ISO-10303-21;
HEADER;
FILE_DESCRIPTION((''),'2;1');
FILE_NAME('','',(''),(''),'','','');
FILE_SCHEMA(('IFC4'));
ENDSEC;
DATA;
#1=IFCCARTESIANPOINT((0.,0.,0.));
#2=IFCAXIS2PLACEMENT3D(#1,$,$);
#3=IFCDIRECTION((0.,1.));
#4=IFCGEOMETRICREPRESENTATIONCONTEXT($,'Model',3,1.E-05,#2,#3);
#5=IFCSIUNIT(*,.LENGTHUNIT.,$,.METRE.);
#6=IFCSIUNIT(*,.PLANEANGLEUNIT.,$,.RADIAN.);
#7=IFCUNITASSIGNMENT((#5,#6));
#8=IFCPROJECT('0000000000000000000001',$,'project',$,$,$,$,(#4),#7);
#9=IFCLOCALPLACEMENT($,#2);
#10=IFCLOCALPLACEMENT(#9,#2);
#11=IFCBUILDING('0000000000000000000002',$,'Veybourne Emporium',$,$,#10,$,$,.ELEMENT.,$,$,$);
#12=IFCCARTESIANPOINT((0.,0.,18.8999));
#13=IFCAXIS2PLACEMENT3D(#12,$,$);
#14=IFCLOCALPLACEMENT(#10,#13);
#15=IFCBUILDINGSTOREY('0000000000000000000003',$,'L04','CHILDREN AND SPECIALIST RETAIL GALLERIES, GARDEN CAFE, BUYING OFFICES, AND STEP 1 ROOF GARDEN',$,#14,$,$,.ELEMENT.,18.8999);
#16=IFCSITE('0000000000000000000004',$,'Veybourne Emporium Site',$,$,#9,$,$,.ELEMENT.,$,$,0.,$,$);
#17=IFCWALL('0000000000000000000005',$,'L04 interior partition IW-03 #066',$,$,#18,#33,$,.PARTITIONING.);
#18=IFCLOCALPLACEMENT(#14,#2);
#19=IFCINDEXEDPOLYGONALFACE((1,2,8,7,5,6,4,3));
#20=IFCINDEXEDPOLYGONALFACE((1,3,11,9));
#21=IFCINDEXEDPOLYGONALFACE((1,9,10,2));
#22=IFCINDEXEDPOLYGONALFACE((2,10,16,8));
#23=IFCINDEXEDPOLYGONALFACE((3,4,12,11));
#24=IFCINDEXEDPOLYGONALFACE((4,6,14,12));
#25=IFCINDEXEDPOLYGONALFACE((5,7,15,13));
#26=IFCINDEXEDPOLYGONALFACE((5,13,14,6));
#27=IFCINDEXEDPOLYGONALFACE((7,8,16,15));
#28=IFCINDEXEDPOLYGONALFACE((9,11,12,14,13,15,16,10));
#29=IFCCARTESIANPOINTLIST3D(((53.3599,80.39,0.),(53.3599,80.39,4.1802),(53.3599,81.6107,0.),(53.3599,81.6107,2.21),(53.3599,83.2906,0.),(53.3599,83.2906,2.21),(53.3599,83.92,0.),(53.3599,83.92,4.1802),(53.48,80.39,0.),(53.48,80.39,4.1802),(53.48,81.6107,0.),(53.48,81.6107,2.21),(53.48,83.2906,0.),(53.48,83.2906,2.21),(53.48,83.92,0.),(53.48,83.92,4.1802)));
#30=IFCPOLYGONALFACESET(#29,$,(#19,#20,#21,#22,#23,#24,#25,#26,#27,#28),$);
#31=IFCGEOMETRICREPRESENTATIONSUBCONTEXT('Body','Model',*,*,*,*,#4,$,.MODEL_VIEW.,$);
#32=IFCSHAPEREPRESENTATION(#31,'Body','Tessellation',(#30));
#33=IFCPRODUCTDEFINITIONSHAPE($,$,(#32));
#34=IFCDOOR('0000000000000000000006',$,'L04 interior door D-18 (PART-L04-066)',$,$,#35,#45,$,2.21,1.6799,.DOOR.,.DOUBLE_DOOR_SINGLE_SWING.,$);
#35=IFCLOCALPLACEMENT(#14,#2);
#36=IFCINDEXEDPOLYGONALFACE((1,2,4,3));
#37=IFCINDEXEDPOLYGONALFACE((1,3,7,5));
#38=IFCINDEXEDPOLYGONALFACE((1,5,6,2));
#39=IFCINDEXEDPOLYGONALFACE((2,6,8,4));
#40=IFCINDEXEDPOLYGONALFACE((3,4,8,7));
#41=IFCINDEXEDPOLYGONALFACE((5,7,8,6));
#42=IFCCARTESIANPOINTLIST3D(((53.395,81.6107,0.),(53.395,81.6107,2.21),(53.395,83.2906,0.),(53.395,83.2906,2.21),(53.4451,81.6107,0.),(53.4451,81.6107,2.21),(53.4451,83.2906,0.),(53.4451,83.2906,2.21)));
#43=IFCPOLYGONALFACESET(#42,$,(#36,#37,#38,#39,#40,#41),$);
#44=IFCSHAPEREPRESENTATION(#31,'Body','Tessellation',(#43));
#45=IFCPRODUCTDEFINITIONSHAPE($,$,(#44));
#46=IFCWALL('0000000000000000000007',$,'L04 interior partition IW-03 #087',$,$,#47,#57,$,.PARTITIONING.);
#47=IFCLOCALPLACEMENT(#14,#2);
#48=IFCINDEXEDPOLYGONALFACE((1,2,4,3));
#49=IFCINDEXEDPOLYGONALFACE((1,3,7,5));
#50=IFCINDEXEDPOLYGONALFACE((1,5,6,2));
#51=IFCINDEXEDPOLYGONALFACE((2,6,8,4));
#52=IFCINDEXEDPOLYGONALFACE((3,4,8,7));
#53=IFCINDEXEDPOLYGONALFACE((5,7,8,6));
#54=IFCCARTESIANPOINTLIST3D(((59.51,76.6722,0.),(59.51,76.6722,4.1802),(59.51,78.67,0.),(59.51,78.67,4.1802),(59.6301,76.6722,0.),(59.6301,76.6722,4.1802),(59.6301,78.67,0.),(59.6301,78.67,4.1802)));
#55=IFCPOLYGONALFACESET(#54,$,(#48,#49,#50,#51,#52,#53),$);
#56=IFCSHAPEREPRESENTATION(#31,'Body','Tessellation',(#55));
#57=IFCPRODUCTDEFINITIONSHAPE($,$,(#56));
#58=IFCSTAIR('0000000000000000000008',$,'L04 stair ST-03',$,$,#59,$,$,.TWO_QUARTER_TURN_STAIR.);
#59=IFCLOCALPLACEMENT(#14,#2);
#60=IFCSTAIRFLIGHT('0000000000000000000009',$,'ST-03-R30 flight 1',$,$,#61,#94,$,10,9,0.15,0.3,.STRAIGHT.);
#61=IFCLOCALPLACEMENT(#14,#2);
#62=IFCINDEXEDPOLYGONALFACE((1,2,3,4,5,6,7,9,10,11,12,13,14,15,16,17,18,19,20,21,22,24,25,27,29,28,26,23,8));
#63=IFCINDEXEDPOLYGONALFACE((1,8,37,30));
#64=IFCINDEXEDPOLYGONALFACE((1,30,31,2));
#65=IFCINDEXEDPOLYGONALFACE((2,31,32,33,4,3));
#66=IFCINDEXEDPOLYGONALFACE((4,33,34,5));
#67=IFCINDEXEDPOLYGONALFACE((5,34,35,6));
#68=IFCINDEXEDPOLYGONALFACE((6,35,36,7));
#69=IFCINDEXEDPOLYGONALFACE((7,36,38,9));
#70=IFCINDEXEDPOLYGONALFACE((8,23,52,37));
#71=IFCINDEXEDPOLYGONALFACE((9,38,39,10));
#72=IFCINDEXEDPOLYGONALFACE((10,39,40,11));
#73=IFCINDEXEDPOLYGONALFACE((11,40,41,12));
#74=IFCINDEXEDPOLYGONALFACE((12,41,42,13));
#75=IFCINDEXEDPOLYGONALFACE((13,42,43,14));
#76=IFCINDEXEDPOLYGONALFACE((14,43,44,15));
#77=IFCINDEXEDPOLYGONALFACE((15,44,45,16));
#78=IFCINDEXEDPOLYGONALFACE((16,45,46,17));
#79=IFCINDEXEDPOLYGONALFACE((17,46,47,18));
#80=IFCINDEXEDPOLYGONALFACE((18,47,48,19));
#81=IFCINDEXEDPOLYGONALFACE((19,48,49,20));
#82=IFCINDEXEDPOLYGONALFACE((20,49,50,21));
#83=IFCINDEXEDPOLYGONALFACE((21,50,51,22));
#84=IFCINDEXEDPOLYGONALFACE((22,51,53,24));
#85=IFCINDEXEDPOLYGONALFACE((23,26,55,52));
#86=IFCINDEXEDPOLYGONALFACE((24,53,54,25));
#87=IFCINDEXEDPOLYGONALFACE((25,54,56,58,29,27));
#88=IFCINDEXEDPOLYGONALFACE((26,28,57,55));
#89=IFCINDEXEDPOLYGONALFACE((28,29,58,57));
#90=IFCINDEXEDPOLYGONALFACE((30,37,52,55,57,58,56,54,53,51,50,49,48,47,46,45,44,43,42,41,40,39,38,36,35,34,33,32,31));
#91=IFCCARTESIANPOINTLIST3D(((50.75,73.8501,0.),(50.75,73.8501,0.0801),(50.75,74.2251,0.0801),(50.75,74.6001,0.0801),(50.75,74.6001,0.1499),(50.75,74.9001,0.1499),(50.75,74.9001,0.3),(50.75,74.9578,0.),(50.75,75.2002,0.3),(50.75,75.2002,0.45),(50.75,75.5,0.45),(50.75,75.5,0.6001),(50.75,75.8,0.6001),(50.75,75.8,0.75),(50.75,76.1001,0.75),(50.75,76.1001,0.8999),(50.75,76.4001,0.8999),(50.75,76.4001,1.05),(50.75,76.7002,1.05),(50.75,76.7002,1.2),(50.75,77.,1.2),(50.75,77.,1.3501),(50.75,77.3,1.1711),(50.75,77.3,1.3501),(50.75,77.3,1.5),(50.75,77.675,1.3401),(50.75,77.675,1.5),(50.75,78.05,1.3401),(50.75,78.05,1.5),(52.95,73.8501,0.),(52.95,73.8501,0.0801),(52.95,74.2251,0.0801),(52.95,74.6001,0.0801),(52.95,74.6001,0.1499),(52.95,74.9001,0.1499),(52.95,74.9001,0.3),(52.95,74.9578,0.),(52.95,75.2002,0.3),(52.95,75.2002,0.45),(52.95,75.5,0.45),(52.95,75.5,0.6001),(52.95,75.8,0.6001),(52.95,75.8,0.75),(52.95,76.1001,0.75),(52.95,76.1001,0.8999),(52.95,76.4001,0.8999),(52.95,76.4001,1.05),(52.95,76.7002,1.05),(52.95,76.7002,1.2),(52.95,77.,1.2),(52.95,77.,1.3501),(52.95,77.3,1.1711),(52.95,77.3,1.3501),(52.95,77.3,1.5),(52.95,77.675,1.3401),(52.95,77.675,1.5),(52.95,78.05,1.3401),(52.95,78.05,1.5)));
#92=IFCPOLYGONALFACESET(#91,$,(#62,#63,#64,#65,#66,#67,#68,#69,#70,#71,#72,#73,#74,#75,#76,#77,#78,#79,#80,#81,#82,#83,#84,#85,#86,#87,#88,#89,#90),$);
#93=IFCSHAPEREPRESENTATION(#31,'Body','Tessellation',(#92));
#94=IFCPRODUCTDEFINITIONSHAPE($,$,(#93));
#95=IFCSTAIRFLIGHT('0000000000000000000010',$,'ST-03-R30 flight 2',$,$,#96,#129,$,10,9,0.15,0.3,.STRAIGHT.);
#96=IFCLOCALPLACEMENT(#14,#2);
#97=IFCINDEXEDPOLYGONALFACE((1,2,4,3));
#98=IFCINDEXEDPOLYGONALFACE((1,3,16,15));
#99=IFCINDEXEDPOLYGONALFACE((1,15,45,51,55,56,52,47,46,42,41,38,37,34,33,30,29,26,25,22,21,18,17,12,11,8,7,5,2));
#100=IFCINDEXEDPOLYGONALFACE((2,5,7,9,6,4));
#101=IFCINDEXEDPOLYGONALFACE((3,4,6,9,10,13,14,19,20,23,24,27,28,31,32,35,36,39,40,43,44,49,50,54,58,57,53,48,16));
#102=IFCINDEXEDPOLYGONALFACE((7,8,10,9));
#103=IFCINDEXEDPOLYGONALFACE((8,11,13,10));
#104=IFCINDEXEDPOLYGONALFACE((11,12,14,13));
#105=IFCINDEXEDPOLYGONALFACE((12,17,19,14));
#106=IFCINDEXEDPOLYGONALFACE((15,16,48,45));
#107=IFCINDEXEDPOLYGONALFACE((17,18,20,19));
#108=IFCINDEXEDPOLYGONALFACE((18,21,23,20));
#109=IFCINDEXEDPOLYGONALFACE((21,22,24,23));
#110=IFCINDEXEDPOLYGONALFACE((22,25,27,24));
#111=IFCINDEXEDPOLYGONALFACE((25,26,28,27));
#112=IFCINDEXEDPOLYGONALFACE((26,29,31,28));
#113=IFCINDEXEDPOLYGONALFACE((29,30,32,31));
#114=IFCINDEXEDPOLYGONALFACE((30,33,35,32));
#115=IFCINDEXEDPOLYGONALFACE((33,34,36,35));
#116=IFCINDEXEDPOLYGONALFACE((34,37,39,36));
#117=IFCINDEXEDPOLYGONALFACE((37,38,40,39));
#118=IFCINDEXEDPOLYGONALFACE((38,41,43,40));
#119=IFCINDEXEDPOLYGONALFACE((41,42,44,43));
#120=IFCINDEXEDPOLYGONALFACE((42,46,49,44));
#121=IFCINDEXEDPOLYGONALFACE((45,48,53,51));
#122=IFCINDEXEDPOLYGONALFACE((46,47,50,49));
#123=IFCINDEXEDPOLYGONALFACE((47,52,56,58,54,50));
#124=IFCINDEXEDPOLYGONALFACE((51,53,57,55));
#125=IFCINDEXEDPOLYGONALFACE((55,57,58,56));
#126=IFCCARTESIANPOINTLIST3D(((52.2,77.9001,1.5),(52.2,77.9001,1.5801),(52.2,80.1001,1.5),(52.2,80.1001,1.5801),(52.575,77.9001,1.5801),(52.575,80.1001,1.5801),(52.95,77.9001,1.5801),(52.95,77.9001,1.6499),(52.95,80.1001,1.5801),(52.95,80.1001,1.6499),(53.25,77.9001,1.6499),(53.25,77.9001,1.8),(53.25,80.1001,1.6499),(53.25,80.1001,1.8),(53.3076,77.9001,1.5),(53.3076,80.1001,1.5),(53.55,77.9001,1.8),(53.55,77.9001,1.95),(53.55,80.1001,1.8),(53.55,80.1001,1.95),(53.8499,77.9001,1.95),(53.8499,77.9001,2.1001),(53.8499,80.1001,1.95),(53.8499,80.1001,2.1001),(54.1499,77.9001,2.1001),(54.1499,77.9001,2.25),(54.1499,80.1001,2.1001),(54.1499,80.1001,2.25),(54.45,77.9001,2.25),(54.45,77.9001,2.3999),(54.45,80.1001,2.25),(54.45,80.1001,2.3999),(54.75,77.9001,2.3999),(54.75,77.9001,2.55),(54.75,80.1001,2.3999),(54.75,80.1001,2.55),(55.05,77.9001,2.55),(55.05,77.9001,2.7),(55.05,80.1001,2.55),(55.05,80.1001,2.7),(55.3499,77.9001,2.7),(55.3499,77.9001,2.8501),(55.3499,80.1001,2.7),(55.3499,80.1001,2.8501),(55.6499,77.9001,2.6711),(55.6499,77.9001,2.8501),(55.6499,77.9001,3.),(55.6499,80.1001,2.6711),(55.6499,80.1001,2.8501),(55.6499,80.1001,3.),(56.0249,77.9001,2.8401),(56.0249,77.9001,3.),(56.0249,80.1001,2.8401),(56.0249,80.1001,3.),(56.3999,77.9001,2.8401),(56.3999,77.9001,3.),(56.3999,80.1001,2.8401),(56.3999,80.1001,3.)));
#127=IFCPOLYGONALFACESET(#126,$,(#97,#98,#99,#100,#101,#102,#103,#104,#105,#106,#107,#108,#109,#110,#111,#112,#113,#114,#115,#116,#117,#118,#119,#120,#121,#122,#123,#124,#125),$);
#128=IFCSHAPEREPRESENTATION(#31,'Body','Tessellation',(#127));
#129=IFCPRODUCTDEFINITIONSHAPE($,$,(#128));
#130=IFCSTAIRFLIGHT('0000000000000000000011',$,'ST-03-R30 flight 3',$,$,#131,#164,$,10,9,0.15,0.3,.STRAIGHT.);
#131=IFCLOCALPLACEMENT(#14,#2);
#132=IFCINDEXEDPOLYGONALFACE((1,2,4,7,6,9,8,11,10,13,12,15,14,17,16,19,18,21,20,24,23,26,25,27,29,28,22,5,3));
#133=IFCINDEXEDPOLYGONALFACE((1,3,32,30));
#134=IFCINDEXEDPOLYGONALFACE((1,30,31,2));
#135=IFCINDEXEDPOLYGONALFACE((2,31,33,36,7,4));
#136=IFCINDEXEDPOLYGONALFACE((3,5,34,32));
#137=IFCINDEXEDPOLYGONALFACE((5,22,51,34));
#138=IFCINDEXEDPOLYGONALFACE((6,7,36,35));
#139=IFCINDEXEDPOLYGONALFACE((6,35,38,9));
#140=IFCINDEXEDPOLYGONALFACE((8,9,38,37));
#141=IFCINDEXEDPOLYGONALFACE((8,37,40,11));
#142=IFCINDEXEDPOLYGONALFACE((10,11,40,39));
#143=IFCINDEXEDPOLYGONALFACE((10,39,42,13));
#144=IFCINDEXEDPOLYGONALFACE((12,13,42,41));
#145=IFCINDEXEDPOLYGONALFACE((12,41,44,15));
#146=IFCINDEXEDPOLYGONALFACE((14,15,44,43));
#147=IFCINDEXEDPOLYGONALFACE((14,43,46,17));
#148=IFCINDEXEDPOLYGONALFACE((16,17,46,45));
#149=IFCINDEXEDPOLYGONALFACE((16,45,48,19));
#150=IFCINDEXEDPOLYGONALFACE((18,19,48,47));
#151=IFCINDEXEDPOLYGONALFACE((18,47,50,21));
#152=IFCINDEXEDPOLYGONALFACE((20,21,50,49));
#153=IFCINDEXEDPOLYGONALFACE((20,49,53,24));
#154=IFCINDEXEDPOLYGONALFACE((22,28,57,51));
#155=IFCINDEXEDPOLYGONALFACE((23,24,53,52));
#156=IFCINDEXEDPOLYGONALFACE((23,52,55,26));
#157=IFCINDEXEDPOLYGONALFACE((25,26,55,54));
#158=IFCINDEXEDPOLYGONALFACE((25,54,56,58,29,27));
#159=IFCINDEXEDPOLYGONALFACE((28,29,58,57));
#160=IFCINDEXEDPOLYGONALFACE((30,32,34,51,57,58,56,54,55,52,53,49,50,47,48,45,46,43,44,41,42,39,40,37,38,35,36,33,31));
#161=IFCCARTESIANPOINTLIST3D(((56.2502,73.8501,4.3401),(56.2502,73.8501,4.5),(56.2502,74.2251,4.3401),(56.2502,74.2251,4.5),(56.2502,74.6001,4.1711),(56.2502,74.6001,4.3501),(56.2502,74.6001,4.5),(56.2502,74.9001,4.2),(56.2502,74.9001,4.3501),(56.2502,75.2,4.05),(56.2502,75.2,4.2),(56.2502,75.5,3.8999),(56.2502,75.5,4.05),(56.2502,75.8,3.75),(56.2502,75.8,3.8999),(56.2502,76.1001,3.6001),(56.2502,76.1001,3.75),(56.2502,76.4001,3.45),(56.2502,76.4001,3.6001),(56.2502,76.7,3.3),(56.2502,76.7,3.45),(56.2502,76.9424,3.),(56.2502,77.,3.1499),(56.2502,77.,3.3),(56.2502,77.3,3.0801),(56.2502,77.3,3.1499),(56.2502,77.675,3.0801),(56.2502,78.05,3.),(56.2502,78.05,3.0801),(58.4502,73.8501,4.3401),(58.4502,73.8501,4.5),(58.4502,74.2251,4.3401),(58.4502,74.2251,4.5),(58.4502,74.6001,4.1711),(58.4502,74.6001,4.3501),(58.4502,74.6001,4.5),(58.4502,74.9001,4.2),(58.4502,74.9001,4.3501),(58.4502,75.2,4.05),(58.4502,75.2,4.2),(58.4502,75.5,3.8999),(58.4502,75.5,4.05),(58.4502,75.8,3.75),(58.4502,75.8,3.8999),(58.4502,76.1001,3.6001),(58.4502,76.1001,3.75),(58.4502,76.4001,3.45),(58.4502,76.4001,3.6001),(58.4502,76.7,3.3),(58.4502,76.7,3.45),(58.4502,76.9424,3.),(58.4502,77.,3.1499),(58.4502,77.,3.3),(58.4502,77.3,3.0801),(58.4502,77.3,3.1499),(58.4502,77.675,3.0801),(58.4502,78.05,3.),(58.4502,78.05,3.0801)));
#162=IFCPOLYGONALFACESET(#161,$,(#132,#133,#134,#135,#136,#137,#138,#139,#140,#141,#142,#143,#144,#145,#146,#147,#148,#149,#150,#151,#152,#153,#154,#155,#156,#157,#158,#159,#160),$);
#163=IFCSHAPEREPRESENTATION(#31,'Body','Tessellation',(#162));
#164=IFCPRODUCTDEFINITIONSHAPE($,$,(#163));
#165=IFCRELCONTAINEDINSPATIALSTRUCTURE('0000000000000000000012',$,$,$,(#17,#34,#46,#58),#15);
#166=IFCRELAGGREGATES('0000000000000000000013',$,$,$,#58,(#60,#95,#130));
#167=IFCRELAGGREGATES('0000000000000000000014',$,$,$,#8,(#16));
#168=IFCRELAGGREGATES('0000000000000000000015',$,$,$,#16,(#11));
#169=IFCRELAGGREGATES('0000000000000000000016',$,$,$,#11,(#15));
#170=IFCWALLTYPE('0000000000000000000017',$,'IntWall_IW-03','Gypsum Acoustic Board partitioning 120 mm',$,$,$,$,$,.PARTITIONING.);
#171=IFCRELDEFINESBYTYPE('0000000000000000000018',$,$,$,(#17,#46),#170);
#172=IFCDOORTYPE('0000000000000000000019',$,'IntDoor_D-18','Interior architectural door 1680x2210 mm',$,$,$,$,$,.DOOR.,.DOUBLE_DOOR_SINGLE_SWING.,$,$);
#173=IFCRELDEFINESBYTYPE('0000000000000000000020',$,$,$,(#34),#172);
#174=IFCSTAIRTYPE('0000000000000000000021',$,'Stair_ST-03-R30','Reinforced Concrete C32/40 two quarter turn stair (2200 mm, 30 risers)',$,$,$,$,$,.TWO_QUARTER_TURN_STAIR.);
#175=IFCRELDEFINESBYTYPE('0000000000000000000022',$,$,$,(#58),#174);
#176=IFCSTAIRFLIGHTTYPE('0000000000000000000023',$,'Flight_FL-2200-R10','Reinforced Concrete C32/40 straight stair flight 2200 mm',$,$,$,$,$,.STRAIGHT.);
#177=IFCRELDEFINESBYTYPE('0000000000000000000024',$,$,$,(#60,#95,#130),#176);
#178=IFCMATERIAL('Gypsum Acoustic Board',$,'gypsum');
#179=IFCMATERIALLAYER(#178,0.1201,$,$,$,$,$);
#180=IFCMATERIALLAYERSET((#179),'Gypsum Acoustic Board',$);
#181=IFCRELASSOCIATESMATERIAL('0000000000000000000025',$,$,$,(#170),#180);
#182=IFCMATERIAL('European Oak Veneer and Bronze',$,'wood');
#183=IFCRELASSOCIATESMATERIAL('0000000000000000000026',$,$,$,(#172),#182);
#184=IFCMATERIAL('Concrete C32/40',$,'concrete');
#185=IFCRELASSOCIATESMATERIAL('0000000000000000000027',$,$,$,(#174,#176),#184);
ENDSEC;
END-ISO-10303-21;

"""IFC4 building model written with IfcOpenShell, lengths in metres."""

from ifc_helpers import new_model, si_unit, direction, frame, frame_2d, origin, place, context, subcontext, project, spatial, polyline, rectangle, outline, extrude, material, layer, layer_set, type_object, element, fill, aggregate, save


model = new_model("IFC4")

# Units and contexts
model_context = context("Model", 3, precision=1e-05, world=origin(), true_north=direction((0.0, 1.0)))
body_context = subcontext(model_context, "Body", "Model", "MODEL_VIEW")
ifc_project = project(units=[si_unit("LENGTHUNIT", "METRE"), si_unit("PLANEANGLEUNIT", "RADIAN")], contexts=[model_context])

# Site, building, storey
site_placement = place(None, origin())
site = spatial("IfcSite", under=ifc_project, at=site_placement, Name="Veybourne Emporium Site", CompositionType="ELEMENT", RefElevation=0.0)
building_placement = place(site_placement, origin())
building = spatial("IfcBuilding", under=site, at=building_placement, Name="Veybourne Emporium", CompositionType="ELEMENT")
storey_placement = place(building_placement, frame((0.0, 0.0, 18.8999)))
storey = spatial("IfcBuildingStorey", under=building, at=storey_placement, Name="L04", Description="CHILDREN AND SPECIALIST RETAIL GALLERIES, GARDEN CAFE, BUYING OFFICES, AND STEP 1 ROOF GARDEN", CompositionType="ELEMENT", Elevation=18.8999)

# Shared definitions
ifc_material_1 = material(Name="Concrete C32/40", Category="concrete")

# Wall, opening, door
ifc_material_2 = material(Name="Gypsum Acoustic Board", Category="gypsum")
ifc_material_3 = material(Name="European Oak Veneer and Bronze", Category="wood")
ifc_layer_1 = layer(ifc_material_2, 0.1201)
ifc_layer_set_1 = layer_set([ifc_layer_1], Name="Gypsum Acoustic Board")
wall_type_1 = type_object("IfcWallType", Name="IntWall_IW-03", Description="Gypsum Acoustic Board partitioning 120 mm", PredefinedType="PARTITIONING", material=ifc_layer_set_1)
wall_1_placement = place(storey_placement, frame((53.4199, 80.3899, 0.0), z_axis=(0.0, 0.0, 1.0), x_axis=(0.0, 1.0, 0.0)))
wall_1 = element("IfcWall", 1, at=wall_1_placement, inside=storey, type_object=wall_type_1, Name="L04 interior partition IW-03 #066", PredefinedType="PARTITIONING", context=body_context, shape_type="SweptSolid", body=[
    extrude(rectangle(XDim=3.53, YDim=0.1201, at=frame_2d((1.7651, 0.0))), origin(), (0.0, 0.0, 1.0), 4.1802),
])
opening_1_placement = place(wall_1_placement, frame((1.2209, 0.0, 0.0)))
opening_1 = element("IfcOpeningElement", 2, at=opening_1_placement, cuts=wall_1, PredefinedType="OPENING", context=body_context, shape_type="SweptSolid", body=[
    extrude(rectangle(XDim=1.6799, YDim=2.21, at=frame_2d((0.8398, 1.105))), frame((0.0, 0.0801, 0.0), z_axis=(0.0, -1.0, 0.0), x_axis=(1.0, 0.0, 0.0)), (0.0, 0.0, 1.0), 0.1602),
])
door_type_1 = type_object("IfcDoorType", Name="IntDoor_D-18", Description="Interior architectural door 1680x2210 mm", OperationType="DOUBLE_DOOR_SINGLE_SWING", PredefinedType="DOOR", material=ifc_material_3)
door_1_placement = place(opening_1_placement, origin())
door_1 = element("IfcDoor", 3, at=door_1_placement, inside=storey, type_object=door_type_1, Name="L04 interior door D-18 (PART-L04-066)", OperationType="DOUBLE_DOOR_SINGLE_SWING", OverallHeight=2.21, OverallWidth=1.6799, PredefinedType="DOOR", context=body_context, shape_type="SweptSolid", body=[
    extrude(rectangle(XDim=1.6799, YDim=2.21, at=frame_2d((0.8398, 1.105))), frame((0.0, 0.0249, 0.0), z_axis=(0.0, -1.0, 0.0), x_axis=(1.0, 0.0, 0.0)), (0.0, 0.0, 1.0), 0.05),
])
fill(opening_1, door_1)

# Wall
wall_2_placement = place(storey_placement, frame((59.5701, 76.6721, 0.0), z_axis=(0.0, 0.0, 1.0), x_axis=(0.0, 1.0, 0.0)))
element("IfcWall", 4, at=wall_2_placement, inside=storey, type_object=wall_type_1, Name="L04 interior partition IW-03 #087", PredefinedType="PARTITIONING", context=body_context, shape_type="SweptSolid", body=[
    extrude(rectangle(XDim=1.9978, YDim=0.1201, at=frame_2d((0.999, 0.0))), origin(), (0.0, 0.0, 1.0), 4.1802),
])

# Stair, stair flights
stair_type = type_object("IfcStairType", Name="Stair_ST-03-R30", Description="Reinforced Concrete C32/40 two quarter turn stair (2200 mm, 30 risers)", PredefinedType="TWO_QUARTER_TURN_STAIR", material=ifc_material_1)
stair_placement = place(storey_placement, origin())
stair = element("IfcStair", 5, at=stair_placement, inside=storey, type_object=stair_type, Name="L04 stair ST-03", PredefinedType="TWO_QUARTER_TURN_STAIR")
stair_flight_type = type_object("IfcStairFlightType", Name="Flight_FL-2200-R10", Description="Reinforced Concrete C32/40 straight stair flight 2200 mm", PredefinedType="STRAIGHT", material=ifc_material_1)
stair_flight_1_placement = place(storey_placement, frame((51.8501, 74.6001, 0.0), z_axis=(0.0, 0.0, 1.0), x_axis=(0.0, 1.0, 0.0)))
stair_flight_1 = element("IfcStairFlight", 6, at=stair_flight_1_placement, type_object=stair_flight_type, Name="ST-03-R30 flight 1", NumberOfRisers=10, NumberOfTreads=9, PredefinedType="STRAIGHT", RiserHeight=0.15, TreadLength=0.3, context=body_context, shape_type="SweptSolid", body=[
    extrude(outline(polyline([(-0.75, 0.0), (-0.75, 0.0801), (-0.375, 0.0801), (0.0, 0.0801), (0.0, 0.1499), (0.3, 0.1499), (0.3, 0.3), (0.6001, 0.3), (0.6001, 0.45), (0.8999, 0.45), (0.8999, 0.6001), (1.2, 0.6001), (1.2, 0.75), (1.5, 0.75), (1.5, 0.8999), (1.8, 0.8999), (1.8, 1.05), (2.1001, 1.05), (2.1001, 1.2), (2.3999, 1.2), (2.3999, 1.3501), (2.7, 1.3501), (2.7, 1.5), (3.075, 1.5), (3.45, 1.5), (3.45, 1.3401), (3.075, 1.3401), (2.7, 1.1711), (0.3577, 0.0), (-0.75, 0.0)])), frame((0.0, 1.1001, 0.0), z_axis=(0.0, -1.0, 0.0), x_axis=(1.0, 0.0, 0.0)), (0.0, 0.0, 1.0), 2.2),
])
stair_flight_2_placement = place(storey_placement, frame((52.95, 79.0, 1.5), z_axis=(0.0, 0.0, 1.0), x_axis=(1.0, 0.0, 0.0)))
stair_flight_2 = element("IfcStairFlight", 7, at=stair_flight_2_placement, type_object=stair_flight_type, Name="ST-03-R30 flight 2", NumberOfRisers=10, NumberOfTreads=9, PredefinedType="STRAIGHT", RiserHeight=0.15, TreadLength=0.3, context=body_context, shape_type="SweptSolid", body=[
    extrude(outline(polyline([(-0.75, 0.0), (-0.75, 0.0801), (-0.375, 0.0801), (0.0, 0.0801), (0.0, 0.1499), (0.3, 0.1499), (0.3, 0.3), (0.6001, 0.3), (0.6001, 0.45), (0.8999, 0.45), (0.8999, 0.6001), (1.2, 0.6001), (1.2, 0.75), (1.5, 0.75), (1.5, 0.8999), (1.8, 0.8999), (1.8, 1.05), (2.1001, 1.05), (2.1001, 1.2), (2.3999, 1.2), (2.3999, 1.3501), (2.7, 1.3501), (2.7, 1.5), (3.075, 1.5), (3.45, 1.5), (3.45, 1.3401), (3.075, 1.3401), (2.7, 1.1711), (0.3577, 0.0), (-0.75, 0.0)])), frame((0.0, 1.1001, 0.0), z_axis=(0.0, -1.0, 0.0), x_axis=(1.0, 0.0, 0.0)), (0.0, 0.0, 1.0), 2.2),
])
stair_flight_3_placement = place(storey_placement, frame((57.3501, 77.3, 3.0), z_axis=(0.0, 0.0, 1.0), x_axis=(0.0, -1.0, 0.0)))
stair_flight_3 = element("IfcStairFlight", 8, at=stair_flight_3_placement, type_object=stair_flight_type, Name="ST-03-R30 flight 3", NumberOfRisers=10, NumberOfTreads=9, PredefinedType="STRAIGHT", RiserHeight=0.15, TreadLength=0.3, context=body_context, shape_type="SweptSolid", body=[
    extrude(outline(polyline([(-0.75, 0.0), (-0.75, 0.0801), (-0.375, 0.0801), (0.0, 0.0801), (0.0, 0.1499), (0.3, 0.1499), (0.3, 0.3), (0.6001, 0.3), (0.6001, 0.45), (0.8999, 0.45), (0.8999, 0.6001), (1.2, 0.6001), (1.2, 0.75), (1.5, 0.75), (1.5, 0.8999), (1.8, 0.8999), (1.8, 1.05), (2.1001, 1.05), (2.1001, 1.2), (2.3999, 1.2), (2.3999, 1.3501), (2.7, 1.3501), (2.7, 1.5), (3.075, 1.5), (3.45, 1.5), (3.45, 1.3401), (3.075, 1.3401), (2.7, 1.1711), (0.3577, 0.0), (-0.75, 0.0)])), frame((0.0, 1.1001, 0.0), z_axis=(0.0, -1.0, 0.0), x_axis=(1.0, 0.0, 0.0)), (0.0, 0.0, 1.0), 2.2),
])
aggregate(stair, [stair_flight_1, stair_flight_2, stair_flight_3])

save(model, "model.ifc")
